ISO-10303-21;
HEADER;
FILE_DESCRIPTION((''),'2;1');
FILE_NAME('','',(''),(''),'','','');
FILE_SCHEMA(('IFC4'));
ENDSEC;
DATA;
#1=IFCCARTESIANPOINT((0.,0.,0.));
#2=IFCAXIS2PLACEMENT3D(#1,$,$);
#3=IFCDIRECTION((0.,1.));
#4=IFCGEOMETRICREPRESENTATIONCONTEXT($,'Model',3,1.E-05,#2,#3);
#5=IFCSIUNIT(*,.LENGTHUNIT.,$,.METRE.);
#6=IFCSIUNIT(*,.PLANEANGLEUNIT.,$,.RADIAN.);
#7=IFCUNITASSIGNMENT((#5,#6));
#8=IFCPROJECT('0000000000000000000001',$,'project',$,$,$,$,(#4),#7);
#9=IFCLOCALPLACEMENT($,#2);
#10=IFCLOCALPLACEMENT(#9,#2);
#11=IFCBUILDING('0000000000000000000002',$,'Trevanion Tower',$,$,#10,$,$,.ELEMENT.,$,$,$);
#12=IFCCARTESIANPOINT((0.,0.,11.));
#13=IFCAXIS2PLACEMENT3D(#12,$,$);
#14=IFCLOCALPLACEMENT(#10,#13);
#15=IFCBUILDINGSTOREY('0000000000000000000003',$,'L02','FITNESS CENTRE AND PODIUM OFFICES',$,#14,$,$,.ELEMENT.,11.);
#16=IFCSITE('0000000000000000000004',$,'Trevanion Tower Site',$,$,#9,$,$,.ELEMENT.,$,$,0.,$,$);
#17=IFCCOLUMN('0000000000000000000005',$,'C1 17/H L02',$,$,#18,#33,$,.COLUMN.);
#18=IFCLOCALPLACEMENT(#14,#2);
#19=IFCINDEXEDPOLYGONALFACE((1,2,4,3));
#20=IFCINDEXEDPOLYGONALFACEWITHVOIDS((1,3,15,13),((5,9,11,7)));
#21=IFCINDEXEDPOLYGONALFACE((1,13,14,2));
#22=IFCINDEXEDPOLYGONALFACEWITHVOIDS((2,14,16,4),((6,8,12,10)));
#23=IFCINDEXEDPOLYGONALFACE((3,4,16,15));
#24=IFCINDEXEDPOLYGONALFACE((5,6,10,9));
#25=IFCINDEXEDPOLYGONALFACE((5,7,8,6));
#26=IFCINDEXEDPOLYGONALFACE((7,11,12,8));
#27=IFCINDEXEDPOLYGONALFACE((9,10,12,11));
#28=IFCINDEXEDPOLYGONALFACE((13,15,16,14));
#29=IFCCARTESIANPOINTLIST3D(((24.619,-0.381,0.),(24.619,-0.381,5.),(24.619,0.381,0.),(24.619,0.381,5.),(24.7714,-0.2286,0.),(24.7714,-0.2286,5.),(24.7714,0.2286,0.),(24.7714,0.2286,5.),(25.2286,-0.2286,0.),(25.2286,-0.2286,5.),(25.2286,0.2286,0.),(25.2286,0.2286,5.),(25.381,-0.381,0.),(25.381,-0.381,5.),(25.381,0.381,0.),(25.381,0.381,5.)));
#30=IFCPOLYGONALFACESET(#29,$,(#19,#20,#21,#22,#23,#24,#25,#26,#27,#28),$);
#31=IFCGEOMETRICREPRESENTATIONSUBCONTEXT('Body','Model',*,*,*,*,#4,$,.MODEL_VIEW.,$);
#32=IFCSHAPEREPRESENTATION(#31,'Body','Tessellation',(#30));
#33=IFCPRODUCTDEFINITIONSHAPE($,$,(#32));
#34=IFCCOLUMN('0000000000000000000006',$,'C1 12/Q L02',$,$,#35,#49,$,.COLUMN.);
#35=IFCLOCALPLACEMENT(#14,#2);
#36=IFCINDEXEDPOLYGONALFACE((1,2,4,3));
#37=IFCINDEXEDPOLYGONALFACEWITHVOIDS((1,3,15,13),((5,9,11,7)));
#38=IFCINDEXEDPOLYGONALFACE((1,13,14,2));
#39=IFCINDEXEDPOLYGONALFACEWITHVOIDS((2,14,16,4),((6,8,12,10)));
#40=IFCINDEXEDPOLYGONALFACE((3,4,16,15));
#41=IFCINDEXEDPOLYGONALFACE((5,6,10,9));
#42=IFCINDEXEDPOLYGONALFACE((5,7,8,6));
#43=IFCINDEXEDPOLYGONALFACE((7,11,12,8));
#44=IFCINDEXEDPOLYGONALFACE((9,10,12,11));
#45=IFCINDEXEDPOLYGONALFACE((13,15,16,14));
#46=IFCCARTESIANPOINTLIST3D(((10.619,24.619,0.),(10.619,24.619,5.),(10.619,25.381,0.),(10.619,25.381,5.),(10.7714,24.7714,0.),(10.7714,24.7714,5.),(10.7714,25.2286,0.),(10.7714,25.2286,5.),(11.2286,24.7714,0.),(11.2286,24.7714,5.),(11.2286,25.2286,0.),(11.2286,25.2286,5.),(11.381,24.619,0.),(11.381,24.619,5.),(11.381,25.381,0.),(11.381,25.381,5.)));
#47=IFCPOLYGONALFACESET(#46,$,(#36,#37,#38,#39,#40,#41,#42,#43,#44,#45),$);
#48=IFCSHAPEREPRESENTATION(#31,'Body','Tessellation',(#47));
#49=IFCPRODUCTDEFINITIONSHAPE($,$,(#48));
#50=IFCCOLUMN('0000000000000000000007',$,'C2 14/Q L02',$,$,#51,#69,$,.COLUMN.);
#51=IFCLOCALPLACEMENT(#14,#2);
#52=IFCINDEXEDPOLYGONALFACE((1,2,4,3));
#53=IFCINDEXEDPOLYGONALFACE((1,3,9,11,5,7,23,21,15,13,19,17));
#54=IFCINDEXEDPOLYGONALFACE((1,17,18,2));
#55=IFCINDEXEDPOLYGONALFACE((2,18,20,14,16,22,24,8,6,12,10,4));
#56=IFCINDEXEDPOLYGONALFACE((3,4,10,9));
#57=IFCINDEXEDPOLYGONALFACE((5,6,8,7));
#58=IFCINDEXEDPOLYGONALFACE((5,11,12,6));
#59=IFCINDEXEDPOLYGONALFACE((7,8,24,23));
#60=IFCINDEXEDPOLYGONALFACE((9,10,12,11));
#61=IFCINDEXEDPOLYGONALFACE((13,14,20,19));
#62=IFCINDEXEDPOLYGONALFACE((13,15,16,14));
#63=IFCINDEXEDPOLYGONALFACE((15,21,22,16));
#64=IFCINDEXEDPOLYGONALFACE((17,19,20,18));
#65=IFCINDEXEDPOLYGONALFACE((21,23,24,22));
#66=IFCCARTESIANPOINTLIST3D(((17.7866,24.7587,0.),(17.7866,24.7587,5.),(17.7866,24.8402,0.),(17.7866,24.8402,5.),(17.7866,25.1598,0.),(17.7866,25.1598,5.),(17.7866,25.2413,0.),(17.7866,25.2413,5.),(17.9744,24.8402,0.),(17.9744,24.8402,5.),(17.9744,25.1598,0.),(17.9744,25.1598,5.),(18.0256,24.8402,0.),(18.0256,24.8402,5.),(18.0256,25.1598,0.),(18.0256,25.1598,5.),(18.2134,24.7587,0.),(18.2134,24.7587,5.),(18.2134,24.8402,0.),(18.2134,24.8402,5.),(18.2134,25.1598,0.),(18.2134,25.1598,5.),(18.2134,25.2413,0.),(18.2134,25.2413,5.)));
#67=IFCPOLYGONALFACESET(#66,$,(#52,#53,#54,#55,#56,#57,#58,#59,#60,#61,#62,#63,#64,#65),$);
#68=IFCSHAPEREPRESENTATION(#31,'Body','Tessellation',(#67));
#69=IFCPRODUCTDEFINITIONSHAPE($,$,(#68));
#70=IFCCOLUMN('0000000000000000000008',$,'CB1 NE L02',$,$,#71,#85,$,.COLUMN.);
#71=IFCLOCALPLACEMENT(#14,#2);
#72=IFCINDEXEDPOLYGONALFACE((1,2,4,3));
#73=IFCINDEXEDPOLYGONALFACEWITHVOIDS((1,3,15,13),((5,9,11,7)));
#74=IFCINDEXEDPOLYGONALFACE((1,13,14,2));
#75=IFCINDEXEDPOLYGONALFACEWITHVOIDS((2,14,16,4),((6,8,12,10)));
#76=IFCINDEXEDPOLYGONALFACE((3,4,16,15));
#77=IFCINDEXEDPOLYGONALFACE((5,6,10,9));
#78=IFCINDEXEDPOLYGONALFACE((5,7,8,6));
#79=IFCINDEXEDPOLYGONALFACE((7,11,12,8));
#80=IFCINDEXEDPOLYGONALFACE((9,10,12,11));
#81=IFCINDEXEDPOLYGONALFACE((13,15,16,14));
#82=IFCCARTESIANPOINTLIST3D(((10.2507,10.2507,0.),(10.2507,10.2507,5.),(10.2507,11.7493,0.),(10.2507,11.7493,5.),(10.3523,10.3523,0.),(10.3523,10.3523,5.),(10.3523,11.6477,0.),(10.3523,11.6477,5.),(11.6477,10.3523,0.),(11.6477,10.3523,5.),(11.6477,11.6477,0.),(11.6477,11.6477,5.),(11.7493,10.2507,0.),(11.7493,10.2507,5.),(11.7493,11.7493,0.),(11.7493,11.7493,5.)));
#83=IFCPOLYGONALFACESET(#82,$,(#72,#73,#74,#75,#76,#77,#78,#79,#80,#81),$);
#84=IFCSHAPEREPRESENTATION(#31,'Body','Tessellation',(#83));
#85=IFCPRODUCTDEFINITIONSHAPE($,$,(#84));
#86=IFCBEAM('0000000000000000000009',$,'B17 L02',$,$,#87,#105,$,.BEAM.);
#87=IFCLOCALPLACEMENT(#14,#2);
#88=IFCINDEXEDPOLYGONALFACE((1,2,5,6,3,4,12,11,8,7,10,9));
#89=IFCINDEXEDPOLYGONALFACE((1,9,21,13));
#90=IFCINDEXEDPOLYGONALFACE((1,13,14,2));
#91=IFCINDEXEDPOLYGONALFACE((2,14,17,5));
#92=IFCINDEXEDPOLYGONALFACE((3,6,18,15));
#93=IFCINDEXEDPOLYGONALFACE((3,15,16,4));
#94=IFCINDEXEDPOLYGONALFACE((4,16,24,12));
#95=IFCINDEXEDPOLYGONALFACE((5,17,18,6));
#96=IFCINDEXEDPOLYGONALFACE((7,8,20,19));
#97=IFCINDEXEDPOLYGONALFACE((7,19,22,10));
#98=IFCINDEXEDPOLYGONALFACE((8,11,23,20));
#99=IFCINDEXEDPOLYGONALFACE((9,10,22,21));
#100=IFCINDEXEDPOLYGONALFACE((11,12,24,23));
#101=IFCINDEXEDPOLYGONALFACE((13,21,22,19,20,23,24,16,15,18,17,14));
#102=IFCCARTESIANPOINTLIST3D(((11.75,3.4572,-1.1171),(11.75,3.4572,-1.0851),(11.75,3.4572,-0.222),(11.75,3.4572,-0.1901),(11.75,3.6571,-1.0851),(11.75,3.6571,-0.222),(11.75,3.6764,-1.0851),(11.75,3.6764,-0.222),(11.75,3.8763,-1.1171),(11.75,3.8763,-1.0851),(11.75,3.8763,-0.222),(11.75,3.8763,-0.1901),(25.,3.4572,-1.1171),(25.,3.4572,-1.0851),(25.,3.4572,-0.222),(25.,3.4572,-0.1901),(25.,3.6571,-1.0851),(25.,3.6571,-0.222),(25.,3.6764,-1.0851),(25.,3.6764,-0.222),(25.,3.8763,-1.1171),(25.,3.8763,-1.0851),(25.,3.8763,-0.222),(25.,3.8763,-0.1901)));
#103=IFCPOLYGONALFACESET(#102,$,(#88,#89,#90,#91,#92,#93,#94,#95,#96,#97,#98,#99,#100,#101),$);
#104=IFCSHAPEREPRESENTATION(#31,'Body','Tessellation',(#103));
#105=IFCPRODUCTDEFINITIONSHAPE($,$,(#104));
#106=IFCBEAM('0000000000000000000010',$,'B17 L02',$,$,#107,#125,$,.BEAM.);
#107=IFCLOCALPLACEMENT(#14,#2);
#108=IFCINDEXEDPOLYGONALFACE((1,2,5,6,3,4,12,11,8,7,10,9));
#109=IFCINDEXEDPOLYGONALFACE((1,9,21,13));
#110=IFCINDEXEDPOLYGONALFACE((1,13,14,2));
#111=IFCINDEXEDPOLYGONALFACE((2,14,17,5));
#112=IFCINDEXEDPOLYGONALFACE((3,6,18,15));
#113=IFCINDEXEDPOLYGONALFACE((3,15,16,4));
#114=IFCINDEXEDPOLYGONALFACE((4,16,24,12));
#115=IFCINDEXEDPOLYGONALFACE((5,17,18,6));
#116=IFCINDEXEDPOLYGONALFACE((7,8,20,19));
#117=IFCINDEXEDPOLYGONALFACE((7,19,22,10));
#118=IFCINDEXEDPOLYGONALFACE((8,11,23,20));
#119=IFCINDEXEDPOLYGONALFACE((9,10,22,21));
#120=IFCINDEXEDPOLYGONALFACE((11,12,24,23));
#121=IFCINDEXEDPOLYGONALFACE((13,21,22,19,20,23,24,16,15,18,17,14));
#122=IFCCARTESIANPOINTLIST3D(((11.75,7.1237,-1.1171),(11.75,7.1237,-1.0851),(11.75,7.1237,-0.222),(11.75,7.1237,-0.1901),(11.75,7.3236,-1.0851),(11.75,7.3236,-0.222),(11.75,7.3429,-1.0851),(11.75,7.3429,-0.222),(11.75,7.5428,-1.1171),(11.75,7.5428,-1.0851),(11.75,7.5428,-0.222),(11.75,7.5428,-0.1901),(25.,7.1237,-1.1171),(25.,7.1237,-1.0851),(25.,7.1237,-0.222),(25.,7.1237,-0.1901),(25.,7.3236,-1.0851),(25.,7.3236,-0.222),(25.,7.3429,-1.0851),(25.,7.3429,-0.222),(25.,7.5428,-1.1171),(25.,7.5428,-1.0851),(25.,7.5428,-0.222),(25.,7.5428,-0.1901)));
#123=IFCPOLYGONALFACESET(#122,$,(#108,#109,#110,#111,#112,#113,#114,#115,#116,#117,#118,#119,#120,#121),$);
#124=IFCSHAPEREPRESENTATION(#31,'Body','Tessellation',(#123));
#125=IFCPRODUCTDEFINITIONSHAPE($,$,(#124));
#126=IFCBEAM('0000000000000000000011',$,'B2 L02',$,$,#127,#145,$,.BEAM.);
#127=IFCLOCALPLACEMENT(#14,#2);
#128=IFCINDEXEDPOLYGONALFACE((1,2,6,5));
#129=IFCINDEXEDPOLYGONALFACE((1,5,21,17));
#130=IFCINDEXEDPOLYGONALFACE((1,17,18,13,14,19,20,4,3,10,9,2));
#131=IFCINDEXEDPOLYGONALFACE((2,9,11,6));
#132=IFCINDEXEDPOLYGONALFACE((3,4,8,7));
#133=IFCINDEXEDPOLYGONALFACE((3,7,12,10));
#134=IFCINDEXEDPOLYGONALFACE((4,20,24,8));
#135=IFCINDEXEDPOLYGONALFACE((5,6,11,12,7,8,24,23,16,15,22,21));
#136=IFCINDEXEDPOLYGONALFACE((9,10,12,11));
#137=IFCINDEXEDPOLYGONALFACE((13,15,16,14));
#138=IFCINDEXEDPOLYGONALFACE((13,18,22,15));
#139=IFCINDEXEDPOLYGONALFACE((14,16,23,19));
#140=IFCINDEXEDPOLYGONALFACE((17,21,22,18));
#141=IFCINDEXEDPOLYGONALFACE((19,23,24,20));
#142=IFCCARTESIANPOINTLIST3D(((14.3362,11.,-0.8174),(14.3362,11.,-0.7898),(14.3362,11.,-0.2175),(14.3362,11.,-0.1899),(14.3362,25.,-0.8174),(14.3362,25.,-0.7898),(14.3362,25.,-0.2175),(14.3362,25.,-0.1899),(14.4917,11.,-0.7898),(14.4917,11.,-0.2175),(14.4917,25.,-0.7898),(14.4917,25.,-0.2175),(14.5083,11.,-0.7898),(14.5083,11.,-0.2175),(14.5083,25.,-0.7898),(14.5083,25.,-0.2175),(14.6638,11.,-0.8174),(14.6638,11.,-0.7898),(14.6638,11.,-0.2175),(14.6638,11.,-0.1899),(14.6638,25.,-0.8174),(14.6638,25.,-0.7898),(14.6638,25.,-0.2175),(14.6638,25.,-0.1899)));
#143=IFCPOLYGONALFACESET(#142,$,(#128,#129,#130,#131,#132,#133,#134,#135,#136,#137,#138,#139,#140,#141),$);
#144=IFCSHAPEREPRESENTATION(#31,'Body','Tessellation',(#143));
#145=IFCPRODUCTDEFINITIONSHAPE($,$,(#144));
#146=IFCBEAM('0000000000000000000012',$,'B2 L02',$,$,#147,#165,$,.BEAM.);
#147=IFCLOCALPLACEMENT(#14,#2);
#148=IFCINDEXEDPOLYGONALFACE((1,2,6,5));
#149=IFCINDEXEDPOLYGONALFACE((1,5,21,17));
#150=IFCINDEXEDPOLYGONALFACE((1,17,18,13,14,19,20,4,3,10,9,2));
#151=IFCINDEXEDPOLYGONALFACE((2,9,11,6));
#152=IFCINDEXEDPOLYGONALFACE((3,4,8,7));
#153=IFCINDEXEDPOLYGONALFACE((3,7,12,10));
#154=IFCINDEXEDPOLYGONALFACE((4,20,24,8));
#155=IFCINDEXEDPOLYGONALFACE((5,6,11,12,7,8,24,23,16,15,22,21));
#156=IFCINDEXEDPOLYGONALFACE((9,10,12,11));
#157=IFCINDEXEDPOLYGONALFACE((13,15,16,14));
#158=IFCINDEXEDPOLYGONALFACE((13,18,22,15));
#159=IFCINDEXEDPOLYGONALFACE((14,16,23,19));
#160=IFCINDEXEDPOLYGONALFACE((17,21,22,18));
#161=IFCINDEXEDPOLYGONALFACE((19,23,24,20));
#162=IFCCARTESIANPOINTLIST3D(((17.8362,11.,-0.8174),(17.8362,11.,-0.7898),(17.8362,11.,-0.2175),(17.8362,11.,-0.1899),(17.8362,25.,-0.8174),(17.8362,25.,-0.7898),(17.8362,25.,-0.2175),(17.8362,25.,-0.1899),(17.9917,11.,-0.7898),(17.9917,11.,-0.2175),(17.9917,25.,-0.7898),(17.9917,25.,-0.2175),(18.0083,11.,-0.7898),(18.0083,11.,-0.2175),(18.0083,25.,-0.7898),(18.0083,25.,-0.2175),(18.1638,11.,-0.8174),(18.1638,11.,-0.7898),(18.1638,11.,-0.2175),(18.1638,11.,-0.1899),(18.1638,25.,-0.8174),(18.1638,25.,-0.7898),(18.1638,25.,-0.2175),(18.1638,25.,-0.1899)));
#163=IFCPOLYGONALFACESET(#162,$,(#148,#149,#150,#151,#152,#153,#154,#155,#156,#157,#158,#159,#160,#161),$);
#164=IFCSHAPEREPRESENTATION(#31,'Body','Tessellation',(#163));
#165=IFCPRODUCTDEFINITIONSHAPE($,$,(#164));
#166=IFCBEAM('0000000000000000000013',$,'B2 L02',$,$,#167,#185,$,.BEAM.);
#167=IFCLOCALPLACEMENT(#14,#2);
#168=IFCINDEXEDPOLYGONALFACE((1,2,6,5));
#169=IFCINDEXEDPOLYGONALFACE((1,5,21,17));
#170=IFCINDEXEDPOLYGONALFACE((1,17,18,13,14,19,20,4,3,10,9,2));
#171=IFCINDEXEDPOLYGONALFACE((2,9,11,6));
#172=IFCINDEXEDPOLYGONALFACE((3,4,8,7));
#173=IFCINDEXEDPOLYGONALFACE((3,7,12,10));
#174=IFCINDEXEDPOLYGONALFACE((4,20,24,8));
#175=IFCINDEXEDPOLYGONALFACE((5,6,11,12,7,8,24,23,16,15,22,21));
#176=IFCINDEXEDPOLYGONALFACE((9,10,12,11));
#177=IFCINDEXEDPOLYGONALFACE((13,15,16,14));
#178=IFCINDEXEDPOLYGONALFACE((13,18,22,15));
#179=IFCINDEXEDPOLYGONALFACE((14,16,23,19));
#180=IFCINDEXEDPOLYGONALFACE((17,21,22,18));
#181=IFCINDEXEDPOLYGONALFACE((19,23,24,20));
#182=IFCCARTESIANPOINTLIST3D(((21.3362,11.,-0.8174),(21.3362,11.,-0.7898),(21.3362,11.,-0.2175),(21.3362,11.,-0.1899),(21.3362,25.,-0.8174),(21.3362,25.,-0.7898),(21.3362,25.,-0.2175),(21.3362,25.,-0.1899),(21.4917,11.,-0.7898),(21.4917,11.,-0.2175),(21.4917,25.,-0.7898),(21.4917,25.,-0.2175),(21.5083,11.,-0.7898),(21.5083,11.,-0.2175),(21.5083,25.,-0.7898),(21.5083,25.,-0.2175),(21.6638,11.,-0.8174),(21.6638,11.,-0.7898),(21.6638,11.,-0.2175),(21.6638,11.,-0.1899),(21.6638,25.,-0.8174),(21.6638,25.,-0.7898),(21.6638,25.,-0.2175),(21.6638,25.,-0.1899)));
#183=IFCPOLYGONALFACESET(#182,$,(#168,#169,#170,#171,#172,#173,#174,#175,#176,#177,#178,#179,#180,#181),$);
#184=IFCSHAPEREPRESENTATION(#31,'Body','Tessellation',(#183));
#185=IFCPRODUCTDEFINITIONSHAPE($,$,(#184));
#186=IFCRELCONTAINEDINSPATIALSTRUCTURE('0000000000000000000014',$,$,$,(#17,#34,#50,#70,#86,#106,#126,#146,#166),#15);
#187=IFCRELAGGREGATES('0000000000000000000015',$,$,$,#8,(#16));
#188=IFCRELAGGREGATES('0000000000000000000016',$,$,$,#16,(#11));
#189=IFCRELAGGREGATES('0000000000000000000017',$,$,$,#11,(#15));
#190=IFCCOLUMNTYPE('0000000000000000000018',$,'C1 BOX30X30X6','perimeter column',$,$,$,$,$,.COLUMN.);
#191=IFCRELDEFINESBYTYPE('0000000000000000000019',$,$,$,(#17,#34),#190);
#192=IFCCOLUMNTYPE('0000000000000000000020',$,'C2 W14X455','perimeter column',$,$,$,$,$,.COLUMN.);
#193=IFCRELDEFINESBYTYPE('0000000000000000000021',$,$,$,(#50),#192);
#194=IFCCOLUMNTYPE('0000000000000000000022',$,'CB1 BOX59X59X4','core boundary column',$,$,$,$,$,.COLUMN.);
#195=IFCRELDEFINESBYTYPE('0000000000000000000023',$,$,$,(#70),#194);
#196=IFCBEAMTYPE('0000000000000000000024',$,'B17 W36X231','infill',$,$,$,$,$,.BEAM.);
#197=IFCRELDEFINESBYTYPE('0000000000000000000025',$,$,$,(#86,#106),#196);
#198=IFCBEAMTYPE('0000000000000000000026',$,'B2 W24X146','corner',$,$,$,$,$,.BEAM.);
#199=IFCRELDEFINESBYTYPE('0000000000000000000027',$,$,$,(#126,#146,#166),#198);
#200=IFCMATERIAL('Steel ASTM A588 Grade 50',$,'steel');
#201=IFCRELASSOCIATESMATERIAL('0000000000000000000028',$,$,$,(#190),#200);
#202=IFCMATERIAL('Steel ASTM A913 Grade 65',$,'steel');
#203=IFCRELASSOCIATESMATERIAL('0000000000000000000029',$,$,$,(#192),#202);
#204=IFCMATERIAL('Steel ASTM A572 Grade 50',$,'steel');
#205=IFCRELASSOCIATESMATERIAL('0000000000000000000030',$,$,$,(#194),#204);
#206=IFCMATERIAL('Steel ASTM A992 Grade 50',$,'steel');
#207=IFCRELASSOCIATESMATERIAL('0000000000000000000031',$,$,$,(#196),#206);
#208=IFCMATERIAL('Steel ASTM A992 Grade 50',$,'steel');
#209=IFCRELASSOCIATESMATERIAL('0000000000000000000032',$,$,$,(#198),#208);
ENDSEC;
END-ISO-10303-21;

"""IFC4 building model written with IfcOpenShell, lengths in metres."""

from ifc_helpers import new_model, si_unit, direction, frame, origin, origin_2d, place, context, subcontext, project, spatial, hollow_rectangle, i_section, extrude, material, material_profile, profile_set, type_object, element, save


model = new_model("IFC4")

# Units and contexts
model_context = context("Model", 3, precision=1e-05, world=origin(), true_north=direction((0.0, 1.0)))
body_context = subcontext(model_context, "Body", "Model", "MODEL_VIEW")
ifc_project = project(units=[si_unit("LENGTHUNIT", "METRE"), si_unit("PLANEANGLEUNIT", "RADIAN")], contexts=[model_context])

# Site, building, storey
site_placement = place(None, origin())
site = spatial("IfcSite", under=ifc_project, at=site_placement, Name="Trevanion Tower Site", CompositionType="ELEMENT", RefElevation=0.0)
building_placement = place(site_placement, origin())
building = spatial("IfcBuilding", under=site, at=building_placement, Name="Trevanion Tower", CompositionType="ELEMENT")
storey_placement = place(building_placement, frame((0.0, 0.0, 11.0)))
storey = spatial("IfcBuildingStorey", under=building, at=storey_placement, Name="L02", Description="FITNESS CENTRE AND PODIUM OFFICES", CompositionType="ELEMENT", Elevation=11.0)

# Columns
ifc_material_1 = material(Name="Steel ASTM A588 Grade 50", Category="steel")
ifc_material_profile_1 = material_profile(ifc_material_1, hollow_rectangle(XDim=0.762, YDim=0.762, WallThickness=0.1523, at=origin_2d()), Name="BOX30X30X6")
ifc_profile_set_1 = profile_set([ifc_material_profile_1], Name="Steel ASTM A588 Grade 50")
column_type_1 = type_object("IfcColumnType", Name="C1 BOX30X30X6", Description="perimeter column", PredefinedType="COLUMN", material=ifc_profile_set_1)
for number, where, z_axis, x_axis, name in (
    (1, (25.0, 0.0, 0.0), (0.0, 0.0, 1.0), (0.0, 1.0, 0.0), "C1 17/H L02"),
    (2, (11.0, 25.0, 0.0), (0.0, 0.0, 1.0), (1.0, 0.0, 0.0), "C1 12/Q L02"),
):
    element("IfcColumn", number, at=place(storey_placement, frame(where, z_axis=z_axis, x_axis=x_axis)), inside=storey, type_object=column_type_1, Name=name, PredefinedType="COLUMN", context=body_context, shape_type="SweptSolid", body=[
        extrude(hollow_rectangle(XDim=0.762, YDim=0.762, WallThickness=0.1523, at=origin_2d()), origin(), (0.0, 0.0, 1.0), 5.0),
    ])
ifc_material_2 = material(Name="Steel ASTM A913 Grade 65", Category="steel")
ifc_material_profile_2 = material_profile(ifc_material_2, i_section(OverallWidth=0.4268, OverallDepth=0.4827, WebThickness=0.0513, FlangeThickness=0.0815, at=origin_2d()), Name="W14X455")
ifc_profile_set_2 = profile_set([ifc_material_profile_2], Name="Steel ASTM A913 Grade 65")
column_type_2 = type_object("IfcColumnType", Name="C2 W14X455", Description="perimeter column", PredefinedType="COLUMN", material=ifc_profile_set_2)
column_1_placement = place(storey_placement, frame((18.0, 25.0, 0.0), z_axis=(0.0, 0.0, 1.0), x_axis=(1.0, 0.0, 0.0)))
element("IfcColumn", 3, at=column_1_placement, inside=storey, type_object=column_type_2, Name="C2 14/Q L02", PredefinedType="COLUMN", context=body_context, shape_type="SweptSolid", body=[
    extrude(i_section(OverallWidth=0.4268, OverallDepth=0.4827, WebThickness=0.0513, FlangeThickness=0.0815, at=origin_2d()), origin(), (0.0, 0.0, 1.0), 5.0),
])
ifc_material_3 = material(Name="Steel ASTM A572 Grade 50", Category="steel")
ifc_material_profile_3 = material_profile(ifc_material_3, hollow_rectangle(XDim=1.4985, YDim=1.4985, WallThickness=0.1016, at=origin_2d()), Name="BOX59X59X4")
ifc_profile_set_3 = profile_set([ifc_material_profile_3], Name="Steel ASTM A572 Grade 50")
column_type_3 = type_object("IfcColumnType", Name="CB1 BOX59X59X4", Description="core boundary column", PredefinedType="COLUMN", material=ifc_profile_set_3)
column_2_placement = place(storey_placement, frame((11.0, 11.0, 0.0), z_axis=(0.0, 0.0, 1.0), x_axis=(1.0, 0.0, 0.0)))
element("IfcColumn", 4, at=column_2_placement, inside=storey, type_object=column_type_3, Name="CB1 NE L02", PredefinedType="COLUMN", context=body_context, shape_type="SweptSolid", body=[
    extrude(hollow_rectangle(XDim=1.4985, YDim=1.4985, WallThickness=0.1016, at=origin_2d()), origin(), (0.0, 0.0, 1.0), 5.0),
])

# Beams
ifc_material_4 = material(Name="Steel ASTM A992 Grade 50", Category="steel")
ifc_material_profile_4 = material_profile(ifc_material_4, i_section(OverallWidth=0.4192, OverallDepth=0.927, WebThickness=0.0193, FlangeThickness=0.032, at=origin_2d()), Name="W36X231")
ifc_profile_set_4 = profile_set([ifc_material_profile_4], Name="Steel ASTM A992 Grade 50")
beam_type_1 = type_object("IfcBeamType", Name="B17 W36X231", Description="infill", PredefinedType="BEAM", material=ifc_profile_set_4)
for number, where, z_axis, x_axis, name in (
    (5, (11.75, 3.6667, -0.6536), (1.0, 0.0, 0.0), (0.0, 1.0, 0.0), "B17 L02"),
    (6, (11.75, 7.3333, -0.6536), (1.0, 0.0, 0.0), (0.0, 1.0, 0.0), "B17 L02"),
):
    element("IfcBeam", number, at=place(storey_placement, frame(where, z_axis=z_axis, x_axis=x_axis)), inside=storey, type_object=beam_type_1, Name=name, PredefinedType="BEAM", context=body_context, shape_type="SweptSolid", body=[
        extrude(i_section(OverallWidth=0.4192, OverallDepth=0.927, WebThickness=0.0193, FlangeThickness=0.032, at=origin_2d()), origin(), (0.0, 0.0, 1.0), 13.25),
    ])
ifc_material_5 = material(Name="Steel ASTM A992 Grade 50", Category="steel")
ifc_material_profile_5 = material_profile(ifc_material_5, i_section(OverallWidth=0.3276, OverallDepth=0.6274, WebThickness=0.0166, FlangeThickness=0.0276, at=origin_2d()), Name="W24X146")
ifc_profile_set_5 = profile_set([ifc_material_profile_5], Name="Steel ASTM A992 Grade 50")
beam_type_2 = type_object("IfcBeamType", Name="B2 W24X146", Description="corner", PredefinedType="BEAM", material=ifc_profile_set_5)
for number, where, z_axis, x_axis, name in (
    (7, (14.5, 11.0, -0.5037), (0.0, 1.0, 0.0), (-1.0, 0.0, 0.0), "B2 L02"),
    (8, (18.0, 11.0, -0.5037), (0.0, 1.0, 0.0), (-1.0, 0.0, 0.0), "B2 L02"),
    (9, (21.5, 11.0, -0.5037), (0.0, 1.0, 0.0), (-1.0, 0.0, 0.0), "B2 L02"),
):
    element("IfcBeam", number, at=place(storey_placement, frame(where, z_axis=z_axis, x_axis=x_axis)), inside=storey, type_object=beam_type_2, Name=name, PredefinedType="BEAM", context=body_context, shape_type="SweptSolid", body=[
        extrude(i_section(OverallWidth=0.3276, OverallDepth=0.6274, WebThickness=0.0166, FlangeThickness=0.0276, at=origin_2d()), origin(), (0.0, 0.0, 1.0), 14.0),
    ])

save(model, "model.ifc")
